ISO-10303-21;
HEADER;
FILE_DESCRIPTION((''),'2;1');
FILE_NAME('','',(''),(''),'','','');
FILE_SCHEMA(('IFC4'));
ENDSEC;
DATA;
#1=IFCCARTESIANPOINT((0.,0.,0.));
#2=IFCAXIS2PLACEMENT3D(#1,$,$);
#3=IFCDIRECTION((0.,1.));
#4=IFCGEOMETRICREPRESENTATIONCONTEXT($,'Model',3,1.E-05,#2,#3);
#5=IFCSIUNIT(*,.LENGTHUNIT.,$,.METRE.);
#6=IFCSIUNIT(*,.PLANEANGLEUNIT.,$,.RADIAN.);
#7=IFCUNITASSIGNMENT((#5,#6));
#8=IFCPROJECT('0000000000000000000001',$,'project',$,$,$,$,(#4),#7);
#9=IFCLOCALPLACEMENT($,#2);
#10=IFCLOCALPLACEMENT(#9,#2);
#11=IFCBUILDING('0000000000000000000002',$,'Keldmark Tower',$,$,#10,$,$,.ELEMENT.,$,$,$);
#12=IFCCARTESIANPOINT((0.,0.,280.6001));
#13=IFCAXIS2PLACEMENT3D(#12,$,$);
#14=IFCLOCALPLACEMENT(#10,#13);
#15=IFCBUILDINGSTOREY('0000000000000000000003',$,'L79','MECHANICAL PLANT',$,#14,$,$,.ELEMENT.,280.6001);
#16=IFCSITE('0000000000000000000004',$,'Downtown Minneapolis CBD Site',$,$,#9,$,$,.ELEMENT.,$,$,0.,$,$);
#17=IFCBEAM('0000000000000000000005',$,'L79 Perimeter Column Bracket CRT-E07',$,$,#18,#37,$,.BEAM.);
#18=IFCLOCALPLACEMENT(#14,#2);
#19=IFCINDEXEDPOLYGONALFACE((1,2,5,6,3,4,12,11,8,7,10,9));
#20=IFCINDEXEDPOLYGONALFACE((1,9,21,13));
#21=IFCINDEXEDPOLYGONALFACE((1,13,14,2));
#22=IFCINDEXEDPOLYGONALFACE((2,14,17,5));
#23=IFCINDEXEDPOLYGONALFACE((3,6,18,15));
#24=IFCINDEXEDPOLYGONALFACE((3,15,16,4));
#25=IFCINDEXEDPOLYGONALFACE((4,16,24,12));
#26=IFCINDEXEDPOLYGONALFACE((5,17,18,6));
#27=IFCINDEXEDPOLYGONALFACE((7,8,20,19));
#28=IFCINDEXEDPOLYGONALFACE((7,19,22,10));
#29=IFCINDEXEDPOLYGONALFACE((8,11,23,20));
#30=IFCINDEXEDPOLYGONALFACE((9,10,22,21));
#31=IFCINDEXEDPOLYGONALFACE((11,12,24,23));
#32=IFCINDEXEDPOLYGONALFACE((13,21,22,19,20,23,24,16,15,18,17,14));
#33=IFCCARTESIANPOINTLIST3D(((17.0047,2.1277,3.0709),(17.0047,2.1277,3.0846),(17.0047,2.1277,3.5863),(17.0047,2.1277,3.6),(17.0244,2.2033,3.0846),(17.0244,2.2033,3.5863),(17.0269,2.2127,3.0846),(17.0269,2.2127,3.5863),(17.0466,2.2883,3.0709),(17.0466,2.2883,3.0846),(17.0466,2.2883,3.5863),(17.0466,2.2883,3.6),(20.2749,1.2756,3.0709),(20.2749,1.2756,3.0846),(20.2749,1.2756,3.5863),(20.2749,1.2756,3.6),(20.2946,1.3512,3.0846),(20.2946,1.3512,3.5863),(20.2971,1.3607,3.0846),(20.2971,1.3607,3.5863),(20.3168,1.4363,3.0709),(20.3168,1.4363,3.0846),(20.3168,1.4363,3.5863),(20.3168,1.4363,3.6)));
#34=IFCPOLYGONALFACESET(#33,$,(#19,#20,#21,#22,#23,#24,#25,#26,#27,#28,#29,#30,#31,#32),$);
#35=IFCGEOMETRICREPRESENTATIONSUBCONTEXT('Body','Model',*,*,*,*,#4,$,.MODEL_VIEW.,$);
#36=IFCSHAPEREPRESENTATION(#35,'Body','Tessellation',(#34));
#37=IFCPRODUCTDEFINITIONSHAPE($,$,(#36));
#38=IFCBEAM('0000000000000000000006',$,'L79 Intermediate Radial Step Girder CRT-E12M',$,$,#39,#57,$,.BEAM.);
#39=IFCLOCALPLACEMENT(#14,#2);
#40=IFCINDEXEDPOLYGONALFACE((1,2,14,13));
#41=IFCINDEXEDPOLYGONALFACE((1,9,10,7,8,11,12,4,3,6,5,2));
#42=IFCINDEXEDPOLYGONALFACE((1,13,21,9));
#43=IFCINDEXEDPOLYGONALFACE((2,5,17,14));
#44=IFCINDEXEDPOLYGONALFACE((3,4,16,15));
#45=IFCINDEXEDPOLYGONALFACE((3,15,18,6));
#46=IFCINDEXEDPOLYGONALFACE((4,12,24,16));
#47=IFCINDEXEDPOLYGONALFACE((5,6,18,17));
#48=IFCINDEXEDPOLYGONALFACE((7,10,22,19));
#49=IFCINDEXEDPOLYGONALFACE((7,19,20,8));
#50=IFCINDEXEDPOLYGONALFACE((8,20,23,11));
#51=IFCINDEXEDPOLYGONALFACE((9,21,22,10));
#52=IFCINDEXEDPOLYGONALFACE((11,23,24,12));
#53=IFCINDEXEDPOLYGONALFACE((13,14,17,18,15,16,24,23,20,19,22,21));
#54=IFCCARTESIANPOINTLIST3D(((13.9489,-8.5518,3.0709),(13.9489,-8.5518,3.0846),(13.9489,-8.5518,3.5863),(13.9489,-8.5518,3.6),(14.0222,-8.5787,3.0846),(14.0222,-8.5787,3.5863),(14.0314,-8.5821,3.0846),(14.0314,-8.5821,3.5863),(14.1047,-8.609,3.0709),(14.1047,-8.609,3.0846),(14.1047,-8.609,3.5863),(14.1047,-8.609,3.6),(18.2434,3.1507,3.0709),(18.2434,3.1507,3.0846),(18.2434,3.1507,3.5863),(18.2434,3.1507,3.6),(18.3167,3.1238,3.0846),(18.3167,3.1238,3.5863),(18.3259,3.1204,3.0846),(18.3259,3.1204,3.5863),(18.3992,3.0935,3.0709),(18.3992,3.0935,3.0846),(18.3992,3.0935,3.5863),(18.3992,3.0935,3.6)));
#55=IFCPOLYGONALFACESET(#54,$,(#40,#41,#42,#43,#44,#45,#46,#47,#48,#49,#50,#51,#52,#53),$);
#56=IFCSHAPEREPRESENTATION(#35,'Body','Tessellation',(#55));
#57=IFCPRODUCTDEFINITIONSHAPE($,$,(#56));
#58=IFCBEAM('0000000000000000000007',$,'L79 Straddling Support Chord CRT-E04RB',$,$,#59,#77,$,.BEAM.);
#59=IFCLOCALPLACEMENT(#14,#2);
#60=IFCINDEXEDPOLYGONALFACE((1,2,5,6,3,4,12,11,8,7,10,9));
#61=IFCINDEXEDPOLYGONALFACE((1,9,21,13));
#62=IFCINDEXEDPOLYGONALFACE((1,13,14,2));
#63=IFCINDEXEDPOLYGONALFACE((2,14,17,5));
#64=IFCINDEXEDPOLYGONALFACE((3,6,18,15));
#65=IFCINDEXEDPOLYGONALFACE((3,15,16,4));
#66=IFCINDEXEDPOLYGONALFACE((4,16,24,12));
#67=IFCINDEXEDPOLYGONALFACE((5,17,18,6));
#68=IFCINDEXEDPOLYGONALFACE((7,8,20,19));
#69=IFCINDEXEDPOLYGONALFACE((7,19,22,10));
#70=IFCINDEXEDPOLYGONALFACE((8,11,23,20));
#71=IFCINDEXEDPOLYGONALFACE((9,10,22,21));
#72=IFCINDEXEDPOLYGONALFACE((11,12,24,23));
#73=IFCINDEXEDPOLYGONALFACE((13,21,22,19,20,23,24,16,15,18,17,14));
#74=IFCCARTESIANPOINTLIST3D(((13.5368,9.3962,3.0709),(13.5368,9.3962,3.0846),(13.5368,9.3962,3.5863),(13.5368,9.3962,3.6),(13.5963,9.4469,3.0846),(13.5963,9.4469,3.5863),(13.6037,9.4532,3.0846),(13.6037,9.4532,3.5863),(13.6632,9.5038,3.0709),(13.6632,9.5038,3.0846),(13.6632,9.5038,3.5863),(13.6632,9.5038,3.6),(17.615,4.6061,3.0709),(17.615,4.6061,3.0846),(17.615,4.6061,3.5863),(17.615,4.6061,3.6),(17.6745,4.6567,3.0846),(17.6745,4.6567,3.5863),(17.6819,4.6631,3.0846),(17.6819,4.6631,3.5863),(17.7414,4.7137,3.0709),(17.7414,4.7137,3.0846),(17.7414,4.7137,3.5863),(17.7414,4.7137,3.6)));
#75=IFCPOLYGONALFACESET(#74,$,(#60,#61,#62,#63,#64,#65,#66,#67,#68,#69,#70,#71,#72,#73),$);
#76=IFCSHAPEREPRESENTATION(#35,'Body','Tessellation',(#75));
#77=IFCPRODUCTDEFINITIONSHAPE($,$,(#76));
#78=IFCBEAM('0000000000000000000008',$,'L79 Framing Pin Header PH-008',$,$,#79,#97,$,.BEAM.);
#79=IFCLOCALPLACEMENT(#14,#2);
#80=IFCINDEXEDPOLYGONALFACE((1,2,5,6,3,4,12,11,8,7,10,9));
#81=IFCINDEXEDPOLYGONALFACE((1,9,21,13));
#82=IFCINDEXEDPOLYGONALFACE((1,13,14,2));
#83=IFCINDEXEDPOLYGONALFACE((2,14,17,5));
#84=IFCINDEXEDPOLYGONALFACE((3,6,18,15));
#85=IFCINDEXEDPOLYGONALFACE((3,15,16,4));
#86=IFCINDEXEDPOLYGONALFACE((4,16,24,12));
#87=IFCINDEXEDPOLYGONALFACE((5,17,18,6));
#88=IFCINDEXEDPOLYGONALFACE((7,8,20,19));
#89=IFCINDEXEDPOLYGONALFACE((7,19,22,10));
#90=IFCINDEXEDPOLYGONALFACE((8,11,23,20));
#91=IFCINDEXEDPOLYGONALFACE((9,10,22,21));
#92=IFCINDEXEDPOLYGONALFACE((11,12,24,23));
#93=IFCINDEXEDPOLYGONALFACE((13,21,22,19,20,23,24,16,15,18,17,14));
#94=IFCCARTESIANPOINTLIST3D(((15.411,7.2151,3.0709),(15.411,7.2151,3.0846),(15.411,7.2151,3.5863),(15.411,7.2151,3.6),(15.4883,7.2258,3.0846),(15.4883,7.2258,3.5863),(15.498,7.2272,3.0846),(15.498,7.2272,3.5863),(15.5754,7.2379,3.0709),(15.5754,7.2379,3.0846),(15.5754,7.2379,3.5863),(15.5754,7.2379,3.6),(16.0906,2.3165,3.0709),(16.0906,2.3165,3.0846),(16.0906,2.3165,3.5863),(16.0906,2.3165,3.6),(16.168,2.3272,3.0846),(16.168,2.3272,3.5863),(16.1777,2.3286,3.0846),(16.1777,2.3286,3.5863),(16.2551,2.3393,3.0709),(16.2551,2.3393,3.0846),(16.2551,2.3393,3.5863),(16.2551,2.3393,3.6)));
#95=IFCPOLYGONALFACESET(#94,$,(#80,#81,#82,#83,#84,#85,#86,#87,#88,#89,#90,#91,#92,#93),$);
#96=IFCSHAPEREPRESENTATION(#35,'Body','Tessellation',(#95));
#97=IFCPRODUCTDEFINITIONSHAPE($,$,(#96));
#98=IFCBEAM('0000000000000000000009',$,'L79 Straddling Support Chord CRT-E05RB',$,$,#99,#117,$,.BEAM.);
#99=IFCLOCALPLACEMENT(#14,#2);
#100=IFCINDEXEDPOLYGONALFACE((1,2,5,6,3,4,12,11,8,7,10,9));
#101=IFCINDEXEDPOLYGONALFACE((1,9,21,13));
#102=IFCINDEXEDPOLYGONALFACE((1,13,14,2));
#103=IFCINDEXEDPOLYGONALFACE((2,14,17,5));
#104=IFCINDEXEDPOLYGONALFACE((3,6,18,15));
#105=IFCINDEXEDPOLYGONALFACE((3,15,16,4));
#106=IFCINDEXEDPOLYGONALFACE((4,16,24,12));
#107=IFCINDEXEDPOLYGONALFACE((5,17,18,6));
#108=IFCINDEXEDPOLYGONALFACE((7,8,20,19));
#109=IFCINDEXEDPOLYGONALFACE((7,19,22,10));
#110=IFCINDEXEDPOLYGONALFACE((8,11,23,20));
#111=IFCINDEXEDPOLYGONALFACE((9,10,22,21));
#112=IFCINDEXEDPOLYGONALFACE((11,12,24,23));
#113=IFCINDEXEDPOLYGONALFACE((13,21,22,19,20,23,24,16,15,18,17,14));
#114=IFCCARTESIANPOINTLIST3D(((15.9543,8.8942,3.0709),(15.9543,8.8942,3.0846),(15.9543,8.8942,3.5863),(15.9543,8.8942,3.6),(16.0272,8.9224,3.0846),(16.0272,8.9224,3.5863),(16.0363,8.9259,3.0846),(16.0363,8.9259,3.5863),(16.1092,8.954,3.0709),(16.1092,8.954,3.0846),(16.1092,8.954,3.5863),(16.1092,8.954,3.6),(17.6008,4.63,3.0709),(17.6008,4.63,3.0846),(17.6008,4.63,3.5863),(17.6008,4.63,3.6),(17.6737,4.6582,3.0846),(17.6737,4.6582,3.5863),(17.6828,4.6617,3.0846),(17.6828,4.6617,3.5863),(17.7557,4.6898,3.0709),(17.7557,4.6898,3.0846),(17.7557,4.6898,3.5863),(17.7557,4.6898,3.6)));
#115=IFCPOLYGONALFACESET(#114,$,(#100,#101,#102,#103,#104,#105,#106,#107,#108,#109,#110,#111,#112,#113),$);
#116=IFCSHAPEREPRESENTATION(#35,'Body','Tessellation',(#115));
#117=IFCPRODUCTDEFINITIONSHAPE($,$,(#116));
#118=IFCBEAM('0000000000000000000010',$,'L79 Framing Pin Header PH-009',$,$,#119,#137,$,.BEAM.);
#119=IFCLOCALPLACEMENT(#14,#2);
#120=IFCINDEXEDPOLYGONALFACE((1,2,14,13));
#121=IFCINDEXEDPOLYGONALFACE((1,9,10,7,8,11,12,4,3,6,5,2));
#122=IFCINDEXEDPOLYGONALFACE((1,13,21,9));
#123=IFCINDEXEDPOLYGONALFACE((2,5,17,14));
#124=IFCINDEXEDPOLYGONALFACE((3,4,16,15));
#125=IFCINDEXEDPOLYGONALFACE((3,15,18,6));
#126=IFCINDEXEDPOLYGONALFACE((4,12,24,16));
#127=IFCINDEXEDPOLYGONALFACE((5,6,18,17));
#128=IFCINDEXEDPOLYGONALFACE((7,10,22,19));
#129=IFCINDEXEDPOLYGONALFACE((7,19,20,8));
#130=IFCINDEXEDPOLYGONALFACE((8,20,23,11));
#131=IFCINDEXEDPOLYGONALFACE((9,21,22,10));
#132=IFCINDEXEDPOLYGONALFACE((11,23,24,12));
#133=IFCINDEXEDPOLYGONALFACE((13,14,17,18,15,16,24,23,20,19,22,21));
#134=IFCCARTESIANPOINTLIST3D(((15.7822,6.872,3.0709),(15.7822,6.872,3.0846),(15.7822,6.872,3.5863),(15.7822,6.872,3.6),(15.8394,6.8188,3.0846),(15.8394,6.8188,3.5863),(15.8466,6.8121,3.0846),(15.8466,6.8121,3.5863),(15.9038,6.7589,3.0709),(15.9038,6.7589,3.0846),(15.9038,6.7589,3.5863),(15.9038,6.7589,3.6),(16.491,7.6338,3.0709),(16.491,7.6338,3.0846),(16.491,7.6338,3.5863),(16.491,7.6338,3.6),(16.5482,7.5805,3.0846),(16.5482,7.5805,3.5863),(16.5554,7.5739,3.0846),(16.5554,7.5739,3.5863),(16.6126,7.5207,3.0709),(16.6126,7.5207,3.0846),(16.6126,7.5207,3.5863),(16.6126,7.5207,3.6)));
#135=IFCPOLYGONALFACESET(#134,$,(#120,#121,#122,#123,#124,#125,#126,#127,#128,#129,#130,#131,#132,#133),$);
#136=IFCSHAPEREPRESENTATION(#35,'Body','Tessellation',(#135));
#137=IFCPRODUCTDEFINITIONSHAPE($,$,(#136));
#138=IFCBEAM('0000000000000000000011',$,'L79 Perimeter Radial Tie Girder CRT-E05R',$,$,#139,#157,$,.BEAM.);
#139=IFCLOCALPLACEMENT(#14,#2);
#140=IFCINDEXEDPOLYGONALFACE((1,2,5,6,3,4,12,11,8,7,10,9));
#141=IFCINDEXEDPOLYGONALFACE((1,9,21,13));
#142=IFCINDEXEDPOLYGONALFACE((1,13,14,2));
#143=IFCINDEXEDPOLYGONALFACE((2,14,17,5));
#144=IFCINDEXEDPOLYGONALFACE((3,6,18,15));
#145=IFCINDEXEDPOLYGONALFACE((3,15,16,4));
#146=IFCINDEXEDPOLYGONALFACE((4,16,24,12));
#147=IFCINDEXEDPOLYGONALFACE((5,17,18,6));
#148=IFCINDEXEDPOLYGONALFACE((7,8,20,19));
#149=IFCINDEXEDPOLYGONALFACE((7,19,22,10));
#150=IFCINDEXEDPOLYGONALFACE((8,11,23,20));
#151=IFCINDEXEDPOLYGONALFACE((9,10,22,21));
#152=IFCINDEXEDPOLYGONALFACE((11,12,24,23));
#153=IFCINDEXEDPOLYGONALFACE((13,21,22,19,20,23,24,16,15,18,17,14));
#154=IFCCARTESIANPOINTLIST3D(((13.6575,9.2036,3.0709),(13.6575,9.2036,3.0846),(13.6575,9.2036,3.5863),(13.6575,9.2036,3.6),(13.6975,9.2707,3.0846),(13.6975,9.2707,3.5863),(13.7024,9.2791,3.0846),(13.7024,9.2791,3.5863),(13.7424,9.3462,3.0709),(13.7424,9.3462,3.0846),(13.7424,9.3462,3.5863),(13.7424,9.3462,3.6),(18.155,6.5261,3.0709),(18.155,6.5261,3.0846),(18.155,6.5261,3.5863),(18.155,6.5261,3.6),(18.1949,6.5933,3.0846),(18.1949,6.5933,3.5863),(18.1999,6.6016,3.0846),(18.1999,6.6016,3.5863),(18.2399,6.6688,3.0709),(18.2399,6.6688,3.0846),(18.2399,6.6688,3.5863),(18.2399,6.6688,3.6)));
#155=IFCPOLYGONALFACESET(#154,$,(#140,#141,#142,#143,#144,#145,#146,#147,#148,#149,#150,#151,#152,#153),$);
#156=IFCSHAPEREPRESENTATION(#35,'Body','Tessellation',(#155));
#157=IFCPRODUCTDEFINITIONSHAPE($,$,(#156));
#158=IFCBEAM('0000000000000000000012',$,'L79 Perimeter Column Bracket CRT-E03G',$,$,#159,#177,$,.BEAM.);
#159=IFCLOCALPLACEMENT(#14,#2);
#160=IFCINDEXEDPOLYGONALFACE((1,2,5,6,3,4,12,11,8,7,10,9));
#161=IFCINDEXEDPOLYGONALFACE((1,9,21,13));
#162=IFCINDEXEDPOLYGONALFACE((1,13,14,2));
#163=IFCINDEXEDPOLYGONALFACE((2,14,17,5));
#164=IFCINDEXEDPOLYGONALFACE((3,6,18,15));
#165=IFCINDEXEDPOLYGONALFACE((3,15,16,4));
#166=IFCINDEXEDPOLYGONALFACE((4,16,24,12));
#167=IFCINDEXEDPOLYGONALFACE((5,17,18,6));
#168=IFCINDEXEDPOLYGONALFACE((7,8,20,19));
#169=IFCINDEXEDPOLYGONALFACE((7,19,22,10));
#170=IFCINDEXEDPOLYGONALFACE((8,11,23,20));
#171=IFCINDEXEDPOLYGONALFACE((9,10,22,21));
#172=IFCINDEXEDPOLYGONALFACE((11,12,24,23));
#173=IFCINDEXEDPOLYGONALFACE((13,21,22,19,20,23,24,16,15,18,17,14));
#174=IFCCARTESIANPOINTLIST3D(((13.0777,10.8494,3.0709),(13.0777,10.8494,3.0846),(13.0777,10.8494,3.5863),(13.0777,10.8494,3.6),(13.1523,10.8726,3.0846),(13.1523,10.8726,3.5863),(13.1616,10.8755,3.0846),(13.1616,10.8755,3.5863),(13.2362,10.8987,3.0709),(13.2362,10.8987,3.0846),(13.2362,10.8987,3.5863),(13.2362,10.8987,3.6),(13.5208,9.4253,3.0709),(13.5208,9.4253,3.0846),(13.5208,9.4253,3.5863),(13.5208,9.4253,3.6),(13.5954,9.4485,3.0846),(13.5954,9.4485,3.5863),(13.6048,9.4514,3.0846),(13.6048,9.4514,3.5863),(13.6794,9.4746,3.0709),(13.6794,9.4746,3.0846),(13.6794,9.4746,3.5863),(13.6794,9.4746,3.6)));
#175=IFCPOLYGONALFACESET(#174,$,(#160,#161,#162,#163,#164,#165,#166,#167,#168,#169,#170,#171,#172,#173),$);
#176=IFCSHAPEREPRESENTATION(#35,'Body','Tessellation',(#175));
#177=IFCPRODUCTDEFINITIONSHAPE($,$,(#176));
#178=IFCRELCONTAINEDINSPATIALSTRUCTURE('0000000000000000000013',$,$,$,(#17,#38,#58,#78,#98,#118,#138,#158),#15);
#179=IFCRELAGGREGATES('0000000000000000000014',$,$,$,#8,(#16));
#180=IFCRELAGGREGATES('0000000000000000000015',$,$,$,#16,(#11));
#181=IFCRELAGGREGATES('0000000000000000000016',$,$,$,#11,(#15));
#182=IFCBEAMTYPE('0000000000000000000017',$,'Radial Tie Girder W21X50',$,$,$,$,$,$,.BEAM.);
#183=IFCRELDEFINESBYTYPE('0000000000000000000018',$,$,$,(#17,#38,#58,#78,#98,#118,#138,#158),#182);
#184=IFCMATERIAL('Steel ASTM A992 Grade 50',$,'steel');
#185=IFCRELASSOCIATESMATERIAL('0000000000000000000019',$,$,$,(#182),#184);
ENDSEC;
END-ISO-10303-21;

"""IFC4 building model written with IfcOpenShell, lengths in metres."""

from ifc_helpers import new_model, si_unit, direction, frame, origin, origin_2d, place, context, subcontext, project, spatial, i_section, extrude, material, material_profile, profile_set, type_object, element, save


model = new_model("IFC4")

# Units and contexts
model_context = context("Model", 3, precision=1e-05, world=origin(), true_north=direction((0.0, 1.0)))
body_context = subcontext(model_context, "Body", "Model", "MODEL_VIEW")
ifc_project = project(units=[si_unit("LENGTHUNIT", "METRE"), si_unit("PLANEANGLEUNIT", "RADIAN")], contexts=[model_context])

# Site, building, storey
site_placement = place(None, origin())
site = spatial("IfcSite", under=ifc_project, at=site_placement, Name="Downtown Minneapolis CBD Site", CompositionType="ELEMENT", RefElevation=0.0)
building_placement = place(site_placement, origin())
building = spatial("IfcBuilding", under=site, at=building_placement, Name="Keldmark Tower", CompositionType="ELEMENT")
storey_placement = place(building_placement, frame((0.0, 0.0, 280.6001)))
storey = spatial("IfcBuildingStorey", under=building, at=storey_placement, Name="L79", Description="MECHANICAL PLANT", CompositionType="ELEMENT", Elevation=280.6001)

# Beams
ifc_material_1 = material(Name="Steel ASTM A992 Grade 50", Category="steel")
ifc_material_profile_1 = material_profile(ifc_material_1, i_section(OverallWidth=0.166, OverallDepth=0.5291, WebThickness=0.0098, FlangeThickness=0.0137, at=origin_2d()), Name="W21X50")
ifc_profile_set_1 = profile_set([ifc_material_profile_1], Name="Steel ASTM A992 Grade 50")
beam_type_1 = type_object("IfcBeamType", Name="Radial Tie Girder W21X50", PredefinedType="BEAM", material=ifc_profile_set_1)
beam_1_placement = place(storey_placement, frame((17.0256, 2.208, 3.3354), z_axis=(0.967694, -0.252128, 0.0), x_axis=(0.252128, 0.967694, 0.0)))
element("IfcBeam", 1, at=beam_1_placement, inside=storey, type_object=beam_type_1, Name="L79 Perimeter Column Bracket CRT-E07", PredefinedType="BEAM", context=body_context, shape_type="SweptSolid", body=[
    extrude(i_section(OverallWidth=0.166, OverallDepth=0.5291, WebThickness=0.0098, FlangeThickness=0.0137, at=origin_2d()), origin(), (0.0, 0.0, 1.0), 3.3794),
])
beam_2_placement = place(storey_placement, frame((18.3213, 3.1221, 3.3354), z_axis=(-0.344506, -0.938784, 0.0), x_axis=(0.938784, -0.344506, 0.0)))
element("IfcBeam", 2, at=beam_2_placement, inside=storey, type_object=beam_type_1, Name="L79 Intermediate Radial Step Girder CRT-E12M", PredefinedType="BEAM", context=body_context, shape_type="SweptSolid", body=[
    extrude(i_section(OverallWidth=0.166, OverallDepth=0.5291, WebThickness=0.0098, FlangeThickness=0.0137, at=origin_2d()), origin(), (0.0, 0.0, 1.0), 12.4656),
])
beam_3_placement = place(storey_placement, frame((17.6782, 4.6599, 3.3354), z_axis=(-0.648257, 0.761422, 0.0), x_axis=(-0.761422, -0.648257, 0.0)))
element("IfcBeam", 3, at=beam_3_placement, inside=storey, type_object=beam_type_1, Name="L79 Straddling Support Chord CRT-E04RB", PredefinedType="BEAM", context=body_context, shape_type="SweptSolid", body=[
    extrude(i_section(OverallWidth=0.166, OverallDepth=0.5291, WebThickness=0.0098, FlangeThickness=0.0137, at=origin_2d()), origin(), (0.0, 0.0, 1.0), 6.291),
])
beam_4_placement = place(storey_placement, frame((16.1729, 2.3279, 3.3354), z_axis=(-0.137432, 0.990511, 0.0), x_axis=(-0.990511, -0.137432, 0.0)))
element("IfcBeam", 4, at=beam_4_placement, inside=storey, type_object=beam_type_1, Name="L79 Framing Pin Header PH-008", PredefinedType="BEAM", context=body_context, shape_type="SweptSolid", body=[
    extrude(i_section(OverallWidth=0.166, OverallDepth=0.5291, WebThickness=0.0098, FlangeThickness=0.0137, at=origin_2d()), origin(), (0.0, 0.0, 1.0), 4.9456),
])
beam_5_placement = place(storey_placement, frame((17.6782, 4.6599, 3.3354), z_axis=(-0.360203, 0.932874, 0.0), x_axis=(-0.932874, -0.360203, 0.0)))
element("IfcBeam", 5, at=beam_5_placement, inside=storey, type_object=beam_type_1, Name="L79 Straddling Support Chord CRT-E05RB", PredefinedType="BEAM", context=body_context, shape_type="SweptSolid", body=[
    extrude(i_section(OverallWidth=0.166, OverallDepth=0.5291, WebThickness=0.0098, FlangeThickness=0.0137, at=origin_2d()), origin(), (0.0, 0.0, 1.0), 4.571),
])
beam_6_placement = place(storey_placement, frame((15.843, 6.8154, 3.3354), z_axis=(0.681189, 0.732108, 0.0), x_axis=(-0.732108, 0.681189, 0.0)))
element("IfcBeam", 6, at=beam_6_placement, inside=storey, type_object=beam_type_1, Name="L79 Framing Pin Header PH-009", PredefinedType="BEAM", context=body_context, shape_type="SweptSolid", body=[
    extrude(i_section(OverallWidth=0.166, OverallDepth=0.5291, WebThickness=0.0098, FlangeThickness=0.0137, at=origin_2d()), origin(), (0.0, 0.0, 1.0), 1.0405),
])
beam_7_placement = place(storey_placement, frame((13.7, 9.2749, 3.3354), z_axis=(0.859262, -0.511536, 0.0), x_axis=(0.511536, 0.859262, 0.0)))
element("IfcBeam", 7, at=beam_7_placement, inside=storey, type_object=beam_type_1, Name="L79 Perimeter Radial Tie Girder CRT-E05R", PredefinedType="BEAM", context=body_context, shape_type="SweptSolid", body=[
    extrude(i_section(OverallWidth=0.166, OverallDepth=0.5291, WebThickness=0.0098, FlangeThickness=0.0137, at=origin_2d()), origin(), (0.0, 0.0, 1.0), 5.2341),
])
beam_8_placement = place(storey_placement, frame((13.6001, 9.45, 3.3354), z_axis=(-0.29711, 0.954843, 0.0), x_axis=(-0.954843, -0.29711, 0.0)))
element("IfcBeam", 8, at=beam_8_placement, inside=storey, type_object=beam_type_1, Name="L79 Perimeter Column Bracket CRT-E03G", PredefinedType="BEAM", context=body_context, shape_type="SweptSolid", body=[
    extrude(i_section(OverallWidth=0.166, OverallDepth=0.5291, WebThickness=0.0098, FlangeThickness=0.0137, at=origin_2d()), origin(), (0.0, 0.0, 1.0), 1.4915),
])

save(model, "model.ifc")
